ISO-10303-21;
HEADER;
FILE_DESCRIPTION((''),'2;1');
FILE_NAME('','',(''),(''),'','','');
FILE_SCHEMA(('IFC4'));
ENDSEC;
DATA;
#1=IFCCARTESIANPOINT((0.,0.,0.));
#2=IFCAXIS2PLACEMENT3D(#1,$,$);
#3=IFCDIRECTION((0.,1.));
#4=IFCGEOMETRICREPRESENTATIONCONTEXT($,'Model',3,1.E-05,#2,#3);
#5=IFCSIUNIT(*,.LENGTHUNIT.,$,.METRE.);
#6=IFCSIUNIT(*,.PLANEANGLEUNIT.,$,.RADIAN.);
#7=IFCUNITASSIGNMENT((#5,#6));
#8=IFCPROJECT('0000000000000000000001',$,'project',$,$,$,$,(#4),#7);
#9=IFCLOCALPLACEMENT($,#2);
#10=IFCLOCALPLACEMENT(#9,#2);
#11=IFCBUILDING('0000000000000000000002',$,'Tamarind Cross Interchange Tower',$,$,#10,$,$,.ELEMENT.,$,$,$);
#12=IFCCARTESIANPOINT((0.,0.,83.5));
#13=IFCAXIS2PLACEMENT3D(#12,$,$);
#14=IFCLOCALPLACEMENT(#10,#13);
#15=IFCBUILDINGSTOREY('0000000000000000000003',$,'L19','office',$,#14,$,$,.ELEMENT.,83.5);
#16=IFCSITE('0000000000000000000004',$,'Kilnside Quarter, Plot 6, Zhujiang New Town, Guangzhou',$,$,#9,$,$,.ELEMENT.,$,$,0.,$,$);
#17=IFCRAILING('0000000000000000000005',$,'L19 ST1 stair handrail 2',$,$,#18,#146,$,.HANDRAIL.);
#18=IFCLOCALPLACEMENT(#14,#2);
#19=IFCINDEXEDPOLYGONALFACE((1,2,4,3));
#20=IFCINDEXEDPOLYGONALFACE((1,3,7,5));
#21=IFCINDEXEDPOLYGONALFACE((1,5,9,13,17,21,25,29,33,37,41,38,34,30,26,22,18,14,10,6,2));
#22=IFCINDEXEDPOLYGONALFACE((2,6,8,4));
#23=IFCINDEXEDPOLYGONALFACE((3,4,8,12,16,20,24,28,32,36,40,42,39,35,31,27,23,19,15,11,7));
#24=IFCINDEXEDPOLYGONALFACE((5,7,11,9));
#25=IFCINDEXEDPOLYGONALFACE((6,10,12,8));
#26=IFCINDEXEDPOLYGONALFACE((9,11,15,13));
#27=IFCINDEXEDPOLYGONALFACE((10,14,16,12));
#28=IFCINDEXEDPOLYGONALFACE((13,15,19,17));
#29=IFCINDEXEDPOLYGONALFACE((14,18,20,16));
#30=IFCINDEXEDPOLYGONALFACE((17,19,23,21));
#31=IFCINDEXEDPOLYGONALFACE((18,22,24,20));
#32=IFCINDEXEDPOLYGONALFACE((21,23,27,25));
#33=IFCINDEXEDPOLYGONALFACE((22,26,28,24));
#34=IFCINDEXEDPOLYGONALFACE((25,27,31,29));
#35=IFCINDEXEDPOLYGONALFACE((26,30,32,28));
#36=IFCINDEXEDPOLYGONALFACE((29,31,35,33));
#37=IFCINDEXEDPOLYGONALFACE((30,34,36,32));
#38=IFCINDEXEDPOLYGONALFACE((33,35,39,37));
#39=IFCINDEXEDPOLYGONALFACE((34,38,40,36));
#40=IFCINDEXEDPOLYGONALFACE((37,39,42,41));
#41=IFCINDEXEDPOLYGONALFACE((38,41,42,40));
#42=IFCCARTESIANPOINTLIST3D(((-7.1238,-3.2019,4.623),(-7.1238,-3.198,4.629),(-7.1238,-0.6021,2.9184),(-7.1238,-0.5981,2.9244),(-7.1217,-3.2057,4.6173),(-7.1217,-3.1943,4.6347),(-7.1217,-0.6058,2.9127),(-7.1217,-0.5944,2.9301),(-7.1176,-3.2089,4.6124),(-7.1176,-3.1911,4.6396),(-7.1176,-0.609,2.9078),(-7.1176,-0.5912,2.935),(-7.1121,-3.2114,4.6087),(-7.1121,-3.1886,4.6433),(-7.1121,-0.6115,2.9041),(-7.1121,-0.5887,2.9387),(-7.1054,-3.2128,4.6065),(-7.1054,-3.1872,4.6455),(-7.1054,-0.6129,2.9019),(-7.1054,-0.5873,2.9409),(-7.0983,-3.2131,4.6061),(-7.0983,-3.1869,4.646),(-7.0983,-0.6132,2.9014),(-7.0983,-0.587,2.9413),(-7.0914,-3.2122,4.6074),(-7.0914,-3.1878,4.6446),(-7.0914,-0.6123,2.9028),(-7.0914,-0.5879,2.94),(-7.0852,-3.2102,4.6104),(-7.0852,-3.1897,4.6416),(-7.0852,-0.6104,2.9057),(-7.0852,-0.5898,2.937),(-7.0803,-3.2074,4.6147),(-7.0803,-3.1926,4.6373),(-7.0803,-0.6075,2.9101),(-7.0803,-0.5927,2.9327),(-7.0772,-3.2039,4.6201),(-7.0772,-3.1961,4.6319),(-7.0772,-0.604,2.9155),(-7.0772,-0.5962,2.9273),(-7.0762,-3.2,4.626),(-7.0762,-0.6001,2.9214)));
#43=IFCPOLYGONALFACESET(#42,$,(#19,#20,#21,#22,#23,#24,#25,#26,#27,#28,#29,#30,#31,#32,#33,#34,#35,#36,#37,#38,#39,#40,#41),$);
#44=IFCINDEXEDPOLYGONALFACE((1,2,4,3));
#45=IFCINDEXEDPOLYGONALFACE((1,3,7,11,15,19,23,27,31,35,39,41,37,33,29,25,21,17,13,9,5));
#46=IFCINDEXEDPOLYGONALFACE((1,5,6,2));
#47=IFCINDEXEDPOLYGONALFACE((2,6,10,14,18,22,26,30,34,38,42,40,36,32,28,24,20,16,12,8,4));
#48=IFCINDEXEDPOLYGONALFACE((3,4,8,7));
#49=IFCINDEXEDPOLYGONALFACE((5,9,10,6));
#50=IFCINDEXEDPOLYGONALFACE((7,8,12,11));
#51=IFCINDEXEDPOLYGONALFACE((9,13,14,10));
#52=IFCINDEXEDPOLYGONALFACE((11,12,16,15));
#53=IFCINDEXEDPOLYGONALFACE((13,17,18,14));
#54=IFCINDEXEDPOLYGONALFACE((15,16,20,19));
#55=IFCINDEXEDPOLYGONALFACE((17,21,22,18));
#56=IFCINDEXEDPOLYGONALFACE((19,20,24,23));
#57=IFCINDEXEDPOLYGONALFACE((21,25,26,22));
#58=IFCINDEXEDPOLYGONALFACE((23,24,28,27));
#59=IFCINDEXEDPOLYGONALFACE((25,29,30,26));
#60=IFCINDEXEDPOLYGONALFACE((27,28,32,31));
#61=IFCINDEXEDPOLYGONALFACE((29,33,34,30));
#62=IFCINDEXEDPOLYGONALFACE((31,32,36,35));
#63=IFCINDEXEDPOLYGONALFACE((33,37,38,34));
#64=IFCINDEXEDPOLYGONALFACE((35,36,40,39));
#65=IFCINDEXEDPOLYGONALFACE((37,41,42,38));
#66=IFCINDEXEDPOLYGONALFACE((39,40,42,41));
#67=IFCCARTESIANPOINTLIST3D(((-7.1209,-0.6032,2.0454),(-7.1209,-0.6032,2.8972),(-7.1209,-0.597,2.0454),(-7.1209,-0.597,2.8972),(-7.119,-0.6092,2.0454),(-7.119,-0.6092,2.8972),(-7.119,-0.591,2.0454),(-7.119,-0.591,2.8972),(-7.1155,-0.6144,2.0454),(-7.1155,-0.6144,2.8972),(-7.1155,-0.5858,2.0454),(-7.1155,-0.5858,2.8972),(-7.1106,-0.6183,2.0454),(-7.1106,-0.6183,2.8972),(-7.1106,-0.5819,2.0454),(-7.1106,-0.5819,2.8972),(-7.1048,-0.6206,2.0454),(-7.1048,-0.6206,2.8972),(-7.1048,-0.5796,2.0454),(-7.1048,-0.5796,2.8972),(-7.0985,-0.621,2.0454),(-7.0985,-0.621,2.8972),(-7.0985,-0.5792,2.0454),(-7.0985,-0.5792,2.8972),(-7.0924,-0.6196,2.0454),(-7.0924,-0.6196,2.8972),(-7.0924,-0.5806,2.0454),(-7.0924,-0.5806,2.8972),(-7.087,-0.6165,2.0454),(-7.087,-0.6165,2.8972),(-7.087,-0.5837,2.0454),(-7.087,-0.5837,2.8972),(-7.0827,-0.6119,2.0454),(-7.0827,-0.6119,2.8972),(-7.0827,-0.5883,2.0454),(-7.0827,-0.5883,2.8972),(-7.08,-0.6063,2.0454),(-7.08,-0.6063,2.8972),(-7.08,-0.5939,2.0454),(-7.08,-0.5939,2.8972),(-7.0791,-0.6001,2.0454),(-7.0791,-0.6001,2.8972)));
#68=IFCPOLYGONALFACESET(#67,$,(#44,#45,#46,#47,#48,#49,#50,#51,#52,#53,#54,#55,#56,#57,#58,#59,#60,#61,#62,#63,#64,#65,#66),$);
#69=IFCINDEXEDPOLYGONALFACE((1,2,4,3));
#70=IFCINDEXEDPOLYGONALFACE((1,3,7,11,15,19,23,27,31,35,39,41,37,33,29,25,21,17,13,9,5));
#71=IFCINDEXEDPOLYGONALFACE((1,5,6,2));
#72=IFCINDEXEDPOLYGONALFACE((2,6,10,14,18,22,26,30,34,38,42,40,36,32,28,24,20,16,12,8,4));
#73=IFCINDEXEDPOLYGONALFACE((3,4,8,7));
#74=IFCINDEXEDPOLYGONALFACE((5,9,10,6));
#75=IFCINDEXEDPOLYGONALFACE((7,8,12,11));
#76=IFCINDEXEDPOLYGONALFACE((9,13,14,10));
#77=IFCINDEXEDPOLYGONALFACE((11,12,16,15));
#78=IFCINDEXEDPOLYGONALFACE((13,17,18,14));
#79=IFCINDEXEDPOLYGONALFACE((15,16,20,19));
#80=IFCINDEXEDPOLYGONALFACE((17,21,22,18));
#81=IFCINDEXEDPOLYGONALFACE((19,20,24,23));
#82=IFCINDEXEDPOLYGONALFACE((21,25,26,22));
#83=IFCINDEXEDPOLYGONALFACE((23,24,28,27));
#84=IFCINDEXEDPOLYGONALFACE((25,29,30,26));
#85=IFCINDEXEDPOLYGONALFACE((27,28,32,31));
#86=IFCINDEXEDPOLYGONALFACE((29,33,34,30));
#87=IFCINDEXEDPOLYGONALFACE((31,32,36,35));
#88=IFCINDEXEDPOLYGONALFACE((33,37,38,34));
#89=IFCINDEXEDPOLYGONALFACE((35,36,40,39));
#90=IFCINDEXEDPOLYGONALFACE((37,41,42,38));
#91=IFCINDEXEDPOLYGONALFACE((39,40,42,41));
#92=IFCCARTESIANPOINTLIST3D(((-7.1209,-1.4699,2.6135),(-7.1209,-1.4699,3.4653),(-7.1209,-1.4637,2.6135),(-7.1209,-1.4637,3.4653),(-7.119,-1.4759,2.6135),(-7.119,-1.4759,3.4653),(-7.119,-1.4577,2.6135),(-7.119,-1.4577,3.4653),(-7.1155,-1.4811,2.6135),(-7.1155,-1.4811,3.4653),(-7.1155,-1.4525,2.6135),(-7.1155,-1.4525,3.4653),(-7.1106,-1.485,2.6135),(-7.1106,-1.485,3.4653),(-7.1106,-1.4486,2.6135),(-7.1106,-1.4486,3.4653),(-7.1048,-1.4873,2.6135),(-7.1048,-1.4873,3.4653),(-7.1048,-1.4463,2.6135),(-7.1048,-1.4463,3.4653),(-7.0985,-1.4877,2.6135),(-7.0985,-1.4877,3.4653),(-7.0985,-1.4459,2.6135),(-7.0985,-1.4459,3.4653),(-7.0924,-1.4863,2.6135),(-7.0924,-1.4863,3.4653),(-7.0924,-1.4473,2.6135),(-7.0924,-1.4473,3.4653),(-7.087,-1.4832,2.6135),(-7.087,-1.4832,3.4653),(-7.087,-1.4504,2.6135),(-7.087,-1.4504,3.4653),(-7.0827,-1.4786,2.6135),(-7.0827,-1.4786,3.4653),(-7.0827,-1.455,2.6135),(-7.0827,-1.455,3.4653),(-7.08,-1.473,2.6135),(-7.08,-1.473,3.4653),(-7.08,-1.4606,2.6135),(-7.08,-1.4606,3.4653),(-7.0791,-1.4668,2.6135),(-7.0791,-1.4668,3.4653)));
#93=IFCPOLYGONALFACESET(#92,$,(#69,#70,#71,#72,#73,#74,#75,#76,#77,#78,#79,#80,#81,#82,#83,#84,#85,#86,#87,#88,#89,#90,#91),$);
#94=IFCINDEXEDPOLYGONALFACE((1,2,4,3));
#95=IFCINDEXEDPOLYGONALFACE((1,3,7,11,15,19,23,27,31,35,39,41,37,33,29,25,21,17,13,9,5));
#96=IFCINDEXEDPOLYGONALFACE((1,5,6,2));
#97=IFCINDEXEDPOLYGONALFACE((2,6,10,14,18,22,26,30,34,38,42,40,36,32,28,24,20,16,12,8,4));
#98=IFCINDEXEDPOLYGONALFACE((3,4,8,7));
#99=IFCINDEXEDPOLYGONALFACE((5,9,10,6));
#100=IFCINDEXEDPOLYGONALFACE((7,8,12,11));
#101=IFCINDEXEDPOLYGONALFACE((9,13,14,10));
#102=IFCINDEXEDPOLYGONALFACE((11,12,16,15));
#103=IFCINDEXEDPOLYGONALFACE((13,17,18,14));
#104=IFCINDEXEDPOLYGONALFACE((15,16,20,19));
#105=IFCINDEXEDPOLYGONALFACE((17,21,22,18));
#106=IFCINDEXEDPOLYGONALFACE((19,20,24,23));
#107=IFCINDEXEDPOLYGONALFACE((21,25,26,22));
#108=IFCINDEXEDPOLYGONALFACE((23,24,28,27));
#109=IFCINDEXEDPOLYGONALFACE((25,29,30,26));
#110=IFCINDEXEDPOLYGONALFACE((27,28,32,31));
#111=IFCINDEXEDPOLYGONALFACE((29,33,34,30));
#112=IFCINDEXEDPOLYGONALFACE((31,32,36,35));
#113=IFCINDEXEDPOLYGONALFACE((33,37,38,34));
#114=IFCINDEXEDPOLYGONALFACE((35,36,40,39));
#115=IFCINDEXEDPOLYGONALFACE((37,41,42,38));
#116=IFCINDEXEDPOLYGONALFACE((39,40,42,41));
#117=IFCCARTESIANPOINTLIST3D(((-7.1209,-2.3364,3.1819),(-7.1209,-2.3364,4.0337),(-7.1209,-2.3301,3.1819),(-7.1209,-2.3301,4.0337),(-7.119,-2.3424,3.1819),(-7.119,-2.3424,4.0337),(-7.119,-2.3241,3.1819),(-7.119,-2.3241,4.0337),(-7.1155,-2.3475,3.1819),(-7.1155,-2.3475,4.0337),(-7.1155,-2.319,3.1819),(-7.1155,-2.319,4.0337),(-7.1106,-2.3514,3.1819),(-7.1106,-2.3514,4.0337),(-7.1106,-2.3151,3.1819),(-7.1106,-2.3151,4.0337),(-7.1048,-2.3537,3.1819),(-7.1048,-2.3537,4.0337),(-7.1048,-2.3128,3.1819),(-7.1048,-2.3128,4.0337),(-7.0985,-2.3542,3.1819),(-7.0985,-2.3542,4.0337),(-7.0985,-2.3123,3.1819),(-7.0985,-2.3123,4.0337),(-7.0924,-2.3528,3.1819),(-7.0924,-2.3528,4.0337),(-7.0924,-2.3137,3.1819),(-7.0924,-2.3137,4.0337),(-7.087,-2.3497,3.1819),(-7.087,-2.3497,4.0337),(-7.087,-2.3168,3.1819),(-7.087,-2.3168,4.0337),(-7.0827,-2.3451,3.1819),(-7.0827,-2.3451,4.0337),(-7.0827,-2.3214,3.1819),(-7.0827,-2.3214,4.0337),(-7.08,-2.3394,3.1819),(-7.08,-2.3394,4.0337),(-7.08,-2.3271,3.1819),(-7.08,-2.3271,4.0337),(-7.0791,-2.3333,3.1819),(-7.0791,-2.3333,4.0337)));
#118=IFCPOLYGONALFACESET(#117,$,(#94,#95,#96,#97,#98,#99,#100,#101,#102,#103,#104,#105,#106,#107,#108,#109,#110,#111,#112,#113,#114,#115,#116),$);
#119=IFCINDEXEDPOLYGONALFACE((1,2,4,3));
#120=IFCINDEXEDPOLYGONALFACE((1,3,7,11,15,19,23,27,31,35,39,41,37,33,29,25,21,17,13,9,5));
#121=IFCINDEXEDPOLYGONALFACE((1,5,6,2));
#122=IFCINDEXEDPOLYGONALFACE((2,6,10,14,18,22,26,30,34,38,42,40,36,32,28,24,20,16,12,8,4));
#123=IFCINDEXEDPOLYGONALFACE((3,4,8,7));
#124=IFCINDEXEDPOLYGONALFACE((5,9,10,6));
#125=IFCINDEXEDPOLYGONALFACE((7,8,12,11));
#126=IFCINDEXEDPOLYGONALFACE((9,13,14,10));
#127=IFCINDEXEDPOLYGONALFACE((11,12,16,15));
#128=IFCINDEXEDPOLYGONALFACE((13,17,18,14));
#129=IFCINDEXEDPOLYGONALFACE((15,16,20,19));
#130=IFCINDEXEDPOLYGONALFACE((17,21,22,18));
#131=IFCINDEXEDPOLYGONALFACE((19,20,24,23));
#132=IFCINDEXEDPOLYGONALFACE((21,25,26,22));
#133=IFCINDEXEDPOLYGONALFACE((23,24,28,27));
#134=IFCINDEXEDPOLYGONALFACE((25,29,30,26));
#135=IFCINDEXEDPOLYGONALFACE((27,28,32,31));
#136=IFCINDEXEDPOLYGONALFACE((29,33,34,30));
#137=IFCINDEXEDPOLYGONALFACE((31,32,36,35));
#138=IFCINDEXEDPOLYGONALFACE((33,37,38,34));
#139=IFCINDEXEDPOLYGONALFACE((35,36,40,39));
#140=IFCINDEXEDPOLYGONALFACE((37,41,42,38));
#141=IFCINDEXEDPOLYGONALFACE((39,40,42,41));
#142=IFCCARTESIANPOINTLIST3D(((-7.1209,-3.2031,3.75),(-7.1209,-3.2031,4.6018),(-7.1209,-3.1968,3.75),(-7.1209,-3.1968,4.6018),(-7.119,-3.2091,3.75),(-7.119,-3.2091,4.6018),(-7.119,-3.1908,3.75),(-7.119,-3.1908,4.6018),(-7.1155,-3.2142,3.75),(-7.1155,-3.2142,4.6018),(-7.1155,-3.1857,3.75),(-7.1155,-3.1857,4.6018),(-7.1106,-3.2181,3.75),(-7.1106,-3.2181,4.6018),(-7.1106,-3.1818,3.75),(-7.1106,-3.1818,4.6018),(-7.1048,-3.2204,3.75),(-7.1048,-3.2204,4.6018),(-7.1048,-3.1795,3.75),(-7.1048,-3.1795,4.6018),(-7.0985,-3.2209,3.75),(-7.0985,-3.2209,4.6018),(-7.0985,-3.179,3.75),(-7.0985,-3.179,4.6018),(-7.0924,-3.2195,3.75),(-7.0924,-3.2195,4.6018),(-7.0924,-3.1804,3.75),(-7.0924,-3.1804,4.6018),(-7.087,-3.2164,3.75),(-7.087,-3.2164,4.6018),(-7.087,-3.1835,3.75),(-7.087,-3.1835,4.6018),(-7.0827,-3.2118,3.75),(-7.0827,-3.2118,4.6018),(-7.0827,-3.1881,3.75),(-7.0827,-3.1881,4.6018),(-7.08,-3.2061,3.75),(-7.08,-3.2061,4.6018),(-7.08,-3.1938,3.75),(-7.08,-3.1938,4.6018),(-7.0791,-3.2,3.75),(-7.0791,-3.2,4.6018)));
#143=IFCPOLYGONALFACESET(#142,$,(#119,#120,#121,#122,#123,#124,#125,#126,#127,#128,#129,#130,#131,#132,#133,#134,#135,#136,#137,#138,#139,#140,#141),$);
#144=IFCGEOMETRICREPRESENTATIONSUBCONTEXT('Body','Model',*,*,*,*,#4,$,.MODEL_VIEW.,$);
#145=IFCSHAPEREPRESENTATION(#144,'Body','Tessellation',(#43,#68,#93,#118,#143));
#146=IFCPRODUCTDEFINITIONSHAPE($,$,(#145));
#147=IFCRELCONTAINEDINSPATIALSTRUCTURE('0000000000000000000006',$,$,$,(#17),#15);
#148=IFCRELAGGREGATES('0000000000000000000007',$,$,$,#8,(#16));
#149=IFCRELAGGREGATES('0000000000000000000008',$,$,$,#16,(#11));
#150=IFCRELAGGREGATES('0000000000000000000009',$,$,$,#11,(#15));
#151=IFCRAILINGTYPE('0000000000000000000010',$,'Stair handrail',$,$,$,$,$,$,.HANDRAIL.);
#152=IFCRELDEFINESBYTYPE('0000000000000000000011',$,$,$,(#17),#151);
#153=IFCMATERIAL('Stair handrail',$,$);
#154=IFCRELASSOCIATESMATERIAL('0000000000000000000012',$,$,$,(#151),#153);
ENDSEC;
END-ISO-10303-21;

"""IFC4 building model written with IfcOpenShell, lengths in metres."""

from ifc_helpers import new_model, si_unit, direction, frame, origin, origin_2d, place, context, subcontext, project, spatial, circle, extrude, material, type_object, element, save


model = new_model("IFC4")

# Units and contexts
model_context = context("Model", 3, precision=1e-05, world=origin(), true_north=direction((0.0, 1.0)))
body_context = subcontext(model_context, "Body", "Model", "MODEL_VIEW")
ifc_project = project(units=[si_unit("LENGTHUNIT", "METRE"), si_unit("PLANEANGLEUNIT", "RADIAN")], contexts=[model_context])

# Site, building, storey
site_placement = place(None, origin())
site = spatial("IfcSite", under=ifc_project, at=site_placement, Name="Kilnside Quarter, Plot 6, Zhujiang New Town, Guangzhou", CompositionType="ELEMENT", RefElevation=0.0)
building_placement = place(site_placement, origin())
building = spatial("IfcBuilding", under=site, at=building_placement, Name="Tamarind Cross Interchange Tower", CompositionType="ELEMENT")
storey_placement = place(building_placement, frame((0.0, 0.0, 83.5)))
storey = spatial("IfcBuildingStorey", under=building, at=storey_placement, Name="L19", Description="office", CompositionType="ELEMENT", Elevation=83.5)

# Railing
ifc_material_1 = material(Name="Stair handrail")
railing_type_1 = type_object("IfcRailingType", Name="Stair handrail", PredefinedType="HANDRAIL", material=ifc_material_1)
railing_1_placement = place(storey_placement, frame((-7.1001, -0.6001, 2.0454)))
element("IfcRailing", 1, at=railing_1_placement, inside=storey, type_object=railing_type_1, Name="L19 ST1 stair handrail 2", PredefinedType="HANDRAIL", context=body_context, shape_type="SweptSolid", body=[
    extrude(circle(Radius=0.0239, at=origin_2d()), frame((0.0, 0.0, 0.876), z_axis=(0.0, -0.836279, 0.548305), x_axis=(1.0, 0.0, 0.0)), (0.0, 0.0, 1.0), 3.1089),
    extrude(circle(Radius=0.021, at=origin_2d()), origin(), (0.0, 0.0, 1.0), 0.8518),
    extrude(circle(Radius=0.021, at=origin_2d()), frame((0.0, -0.8667, 0.5681)), (0.0, 0.0, 1.0), 0.8518),
    extrude(circle(Radius=0.021, at=origin_2d()), frame((0.0, -1.7332, 1.1365)), (0.0, 0.0, 1.0), 0.8518),
    extrude(circle(Radius=0.021, at=origin_2d()), frame((0.0, -2.5999, 1.7046)), (0.0, 0.0, 1.0), 0.8518),
])

save(model, "model.ifc")
